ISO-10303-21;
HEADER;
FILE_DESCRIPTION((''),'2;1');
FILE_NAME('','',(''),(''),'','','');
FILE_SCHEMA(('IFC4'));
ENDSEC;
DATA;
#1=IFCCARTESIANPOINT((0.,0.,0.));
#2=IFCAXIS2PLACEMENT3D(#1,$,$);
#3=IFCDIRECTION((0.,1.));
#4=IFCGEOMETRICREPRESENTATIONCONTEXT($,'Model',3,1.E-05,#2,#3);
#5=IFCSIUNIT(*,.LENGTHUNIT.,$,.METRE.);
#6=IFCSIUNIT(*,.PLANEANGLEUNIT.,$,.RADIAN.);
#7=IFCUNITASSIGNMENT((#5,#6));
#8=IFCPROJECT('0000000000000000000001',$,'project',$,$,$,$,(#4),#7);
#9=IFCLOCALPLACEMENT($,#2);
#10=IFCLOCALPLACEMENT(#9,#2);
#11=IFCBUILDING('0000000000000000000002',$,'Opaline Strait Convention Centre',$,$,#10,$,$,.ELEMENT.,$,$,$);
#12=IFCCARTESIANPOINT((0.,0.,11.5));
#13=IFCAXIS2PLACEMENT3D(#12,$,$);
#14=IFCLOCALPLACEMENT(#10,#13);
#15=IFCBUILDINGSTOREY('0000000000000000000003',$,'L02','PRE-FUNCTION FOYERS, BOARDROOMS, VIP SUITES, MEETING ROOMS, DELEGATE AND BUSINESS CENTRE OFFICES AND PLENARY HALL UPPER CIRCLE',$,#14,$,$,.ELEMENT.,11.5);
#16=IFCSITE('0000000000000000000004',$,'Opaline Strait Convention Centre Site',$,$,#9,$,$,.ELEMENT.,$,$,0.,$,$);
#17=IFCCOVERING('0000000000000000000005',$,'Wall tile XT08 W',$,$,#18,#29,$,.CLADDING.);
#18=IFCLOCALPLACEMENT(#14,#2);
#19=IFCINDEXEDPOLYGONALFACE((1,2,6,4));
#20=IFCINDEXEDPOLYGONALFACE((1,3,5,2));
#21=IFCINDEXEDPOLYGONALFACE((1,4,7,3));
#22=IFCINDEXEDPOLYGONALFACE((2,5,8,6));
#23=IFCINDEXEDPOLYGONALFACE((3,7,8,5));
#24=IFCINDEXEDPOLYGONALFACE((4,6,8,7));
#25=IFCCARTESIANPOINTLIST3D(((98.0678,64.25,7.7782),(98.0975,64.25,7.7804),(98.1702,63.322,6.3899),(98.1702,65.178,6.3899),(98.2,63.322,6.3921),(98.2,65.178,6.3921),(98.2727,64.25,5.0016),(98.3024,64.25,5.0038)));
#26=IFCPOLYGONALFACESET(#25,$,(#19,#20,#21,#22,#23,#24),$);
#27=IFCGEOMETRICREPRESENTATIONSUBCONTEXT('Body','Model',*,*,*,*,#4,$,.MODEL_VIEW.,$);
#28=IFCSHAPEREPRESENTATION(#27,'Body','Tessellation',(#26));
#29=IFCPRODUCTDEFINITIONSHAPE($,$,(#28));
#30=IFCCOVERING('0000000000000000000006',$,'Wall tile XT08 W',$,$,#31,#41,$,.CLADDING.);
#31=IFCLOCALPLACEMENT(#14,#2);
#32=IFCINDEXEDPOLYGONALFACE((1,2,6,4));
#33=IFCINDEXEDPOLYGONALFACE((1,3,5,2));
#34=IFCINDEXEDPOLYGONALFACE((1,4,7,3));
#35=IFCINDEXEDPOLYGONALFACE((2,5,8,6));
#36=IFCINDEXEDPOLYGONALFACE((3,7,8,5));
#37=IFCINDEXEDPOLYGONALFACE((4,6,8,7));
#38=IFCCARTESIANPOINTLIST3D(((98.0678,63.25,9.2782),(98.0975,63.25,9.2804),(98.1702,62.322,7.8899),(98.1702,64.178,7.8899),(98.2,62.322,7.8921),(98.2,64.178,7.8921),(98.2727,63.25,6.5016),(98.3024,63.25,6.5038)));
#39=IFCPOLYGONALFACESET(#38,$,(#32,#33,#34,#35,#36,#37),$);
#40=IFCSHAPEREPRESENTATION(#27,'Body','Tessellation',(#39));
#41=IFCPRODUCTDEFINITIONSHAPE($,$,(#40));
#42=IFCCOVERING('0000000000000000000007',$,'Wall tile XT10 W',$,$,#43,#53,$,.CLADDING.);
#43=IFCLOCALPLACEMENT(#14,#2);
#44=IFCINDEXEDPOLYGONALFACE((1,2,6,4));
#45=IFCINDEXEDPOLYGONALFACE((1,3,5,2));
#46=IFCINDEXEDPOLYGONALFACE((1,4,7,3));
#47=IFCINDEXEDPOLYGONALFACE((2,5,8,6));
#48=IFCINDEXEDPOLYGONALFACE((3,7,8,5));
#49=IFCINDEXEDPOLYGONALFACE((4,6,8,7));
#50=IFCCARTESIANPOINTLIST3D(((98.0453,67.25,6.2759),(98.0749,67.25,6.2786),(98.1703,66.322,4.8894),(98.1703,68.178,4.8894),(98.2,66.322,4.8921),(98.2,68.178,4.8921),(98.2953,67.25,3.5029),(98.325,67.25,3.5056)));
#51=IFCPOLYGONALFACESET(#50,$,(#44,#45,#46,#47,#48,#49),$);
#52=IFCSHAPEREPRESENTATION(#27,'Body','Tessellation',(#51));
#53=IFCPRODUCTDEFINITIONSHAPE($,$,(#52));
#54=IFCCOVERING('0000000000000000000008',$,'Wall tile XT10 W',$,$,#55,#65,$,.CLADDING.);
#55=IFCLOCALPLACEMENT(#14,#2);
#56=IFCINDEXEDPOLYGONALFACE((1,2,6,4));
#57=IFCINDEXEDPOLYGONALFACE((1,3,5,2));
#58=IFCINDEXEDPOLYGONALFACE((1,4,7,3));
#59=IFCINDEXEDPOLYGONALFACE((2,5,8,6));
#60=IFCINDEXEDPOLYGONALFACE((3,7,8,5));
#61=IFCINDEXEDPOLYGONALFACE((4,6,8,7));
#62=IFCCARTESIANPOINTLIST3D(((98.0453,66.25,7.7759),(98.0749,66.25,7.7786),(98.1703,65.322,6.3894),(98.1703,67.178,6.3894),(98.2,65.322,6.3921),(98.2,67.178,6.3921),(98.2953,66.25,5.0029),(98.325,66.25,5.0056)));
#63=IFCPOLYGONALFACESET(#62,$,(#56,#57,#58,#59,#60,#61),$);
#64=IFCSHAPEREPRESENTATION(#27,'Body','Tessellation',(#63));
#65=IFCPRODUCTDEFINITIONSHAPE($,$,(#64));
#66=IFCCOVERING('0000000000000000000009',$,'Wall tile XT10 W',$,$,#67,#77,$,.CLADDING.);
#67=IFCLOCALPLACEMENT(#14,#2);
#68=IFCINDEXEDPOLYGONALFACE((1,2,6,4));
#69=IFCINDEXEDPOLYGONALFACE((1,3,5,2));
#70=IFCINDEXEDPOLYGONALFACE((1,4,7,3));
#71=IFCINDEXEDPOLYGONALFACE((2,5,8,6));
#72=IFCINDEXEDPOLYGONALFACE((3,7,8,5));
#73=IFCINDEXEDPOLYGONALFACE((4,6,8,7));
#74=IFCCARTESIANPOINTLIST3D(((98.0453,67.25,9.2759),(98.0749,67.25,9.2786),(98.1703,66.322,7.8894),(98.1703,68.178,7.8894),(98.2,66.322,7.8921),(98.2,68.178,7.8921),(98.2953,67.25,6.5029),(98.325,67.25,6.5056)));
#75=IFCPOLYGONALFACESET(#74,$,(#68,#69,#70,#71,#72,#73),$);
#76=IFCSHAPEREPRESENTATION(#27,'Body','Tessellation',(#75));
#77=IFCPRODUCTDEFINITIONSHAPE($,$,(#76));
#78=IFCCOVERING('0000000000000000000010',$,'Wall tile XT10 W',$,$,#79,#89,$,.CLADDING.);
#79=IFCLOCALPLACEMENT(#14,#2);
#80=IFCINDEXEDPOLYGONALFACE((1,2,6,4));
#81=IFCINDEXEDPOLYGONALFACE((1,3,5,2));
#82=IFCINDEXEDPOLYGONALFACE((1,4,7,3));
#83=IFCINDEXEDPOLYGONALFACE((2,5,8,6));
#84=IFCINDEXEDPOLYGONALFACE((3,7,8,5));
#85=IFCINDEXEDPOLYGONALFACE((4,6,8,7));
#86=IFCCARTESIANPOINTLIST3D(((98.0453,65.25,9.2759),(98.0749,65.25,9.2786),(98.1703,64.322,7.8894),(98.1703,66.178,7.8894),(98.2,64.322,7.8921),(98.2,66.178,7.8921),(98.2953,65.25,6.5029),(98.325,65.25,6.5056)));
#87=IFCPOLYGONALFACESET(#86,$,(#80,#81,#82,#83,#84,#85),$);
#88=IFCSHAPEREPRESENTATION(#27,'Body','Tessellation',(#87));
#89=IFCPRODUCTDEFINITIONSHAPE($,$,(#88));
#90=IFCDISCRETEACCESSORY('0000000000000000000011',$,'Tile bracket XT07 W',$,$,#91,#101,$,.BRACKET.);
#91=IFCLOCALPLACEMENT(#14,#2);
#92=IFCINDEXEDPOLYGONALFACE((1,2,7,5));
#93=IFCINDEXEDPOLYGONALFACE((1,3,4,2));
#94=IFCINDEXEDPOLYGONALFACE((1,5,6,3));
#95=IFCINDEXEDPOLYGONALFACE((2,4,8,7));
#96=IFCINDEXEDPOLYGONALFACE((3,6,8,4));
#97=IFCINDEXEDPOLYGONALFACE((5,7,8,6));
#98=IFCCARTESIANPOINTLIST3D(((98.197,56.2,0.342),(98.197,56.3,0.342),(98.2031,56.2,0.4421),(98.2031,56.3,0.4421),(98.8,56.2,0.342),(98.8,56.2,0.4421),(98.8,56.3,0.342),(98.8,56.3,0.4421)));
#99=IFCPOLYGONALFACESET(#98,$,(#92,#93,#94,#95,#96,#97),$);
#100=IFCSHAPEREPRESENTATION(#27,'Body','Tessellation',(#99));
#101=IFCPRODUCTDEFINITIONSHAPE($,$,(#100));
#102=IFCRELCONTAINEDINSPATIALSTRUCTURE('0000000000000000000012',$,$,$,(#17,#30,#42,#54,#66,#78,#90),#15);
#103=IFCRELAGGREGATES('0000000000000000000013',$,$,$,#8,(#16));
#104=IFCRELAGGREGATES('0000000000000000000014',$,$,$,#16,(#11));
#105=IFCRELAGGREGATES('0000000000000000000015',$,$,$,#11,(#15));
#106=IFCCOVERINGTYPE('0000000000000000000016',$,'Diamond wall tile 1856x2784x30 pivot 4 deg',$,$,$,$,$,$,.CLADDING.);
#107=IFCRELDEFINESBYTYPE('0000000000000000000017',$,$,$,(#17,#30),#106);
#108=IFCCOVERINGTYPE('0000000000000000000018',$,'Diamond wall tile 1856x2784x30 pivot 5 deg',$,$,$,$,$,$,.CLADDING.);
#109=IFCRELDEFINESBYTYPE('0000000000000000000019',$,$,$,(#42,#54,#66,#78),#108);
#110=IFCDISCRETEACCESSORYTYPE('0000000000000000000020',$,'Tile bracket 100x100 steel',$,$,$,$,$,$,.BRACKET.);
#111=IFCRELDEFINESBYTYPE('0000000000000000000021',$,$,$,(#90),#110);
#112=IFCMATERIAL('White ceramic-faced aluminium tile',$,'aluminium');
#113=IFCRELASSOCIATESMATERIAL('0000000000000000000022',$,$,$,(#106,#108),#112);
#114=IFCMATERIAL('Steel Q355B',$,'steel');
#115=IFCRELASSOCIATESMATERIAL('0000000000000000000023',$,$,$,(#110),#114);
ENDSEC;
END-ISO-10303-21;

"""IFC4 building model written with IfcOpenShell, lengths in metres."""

from ifc_helpers import new_model, si_unit, direction, frame, origin, place, context, subcontext, project, spatial, polyline, outline, extrude, material, material_profile, profile_set, type_object, element, save


model = new_model("IFC4")

# Units and contexts
model_context = context("Model", 3, precision=1e-05, world=origin(), true_north=direction((0.0, 1.0)))
body_context = subcontext(model_context, "Body", "Model", "MODEL_VIEW")
ifc_project = project(units=[si_unit("LENGTHUNIT", "METRE"), si_unit("PLANEANGLEUNIT", "RADIAN")], contexts=[model_context])

# Site, building, storey
site_placement = place(None, origin())
site = spatial("IfcSite", under=ifc_project, at=site_placement, Name="Opaline Strait Convention Centre Site", CompositionType="ELEMENT", RefElevation=0.0)
building_placement = place(site_placement, origin())
building = spatial("IfcBuilding", under=site, at=building_placement, Name="Opaline Strait Convention Centre", CompositionType="ELEMENT")
storey_placement = place(building_placement, frame((0.0, 0.0, 11.5)))
storey = spatial("IfcBuildingStorey", under=building, at=storey_placement, Name="L02", Description="PRE-FUNCTION FOYERS, BOARDROOMS, VIP SUITES, MEETING ROOMS, DELEGATE AND BUSINESS CENTRE OFFICES AND PLENARY HALL UPPER CIRCLE", CompositionType="ELEMENT", Elevation=11.5)

# Coverings
ifc_material_1 = material(Name="White ceramic-faced aluminium tile", Category="aluminium")
ifc_material_profile_1 = material_profile(ifc_material_1, outline(polyline([(0.928, 0.0), (0.0, 1.3921), (-0.928, 0.0), (0.0, -1.3921), (0.928, 0.0)])), Name="Diamond tile 1856x2784")
ifc_profile_set_1 = profile_set([ifc_material_profile_1], Name="White ceramic-faced aluminium tile")
covering_type_1 = type_object("IfcCoveringType", Name="Diamond wall tile 1856x2784x30 pivot 4 deg", PredefinedType="CLADDING", material=ifc_profile_set_1)
for number, where, z_axis, x_axis, name in (
    (1, (98.2, 64.25, 6.3921), (-0.99729, 0.0, -0.073571), (0.0, -1.0, 0.0), "Wall tile XT08 W"),
    (2, (98.2, 63.25, 7.8921), (-0.99729, 0.0, -0.073571), (0.0, -1.0, 0.0), "Wall tile XT08 W"),
):
    element("IfcCovering", number, at=place(storey_placement, frame(where, z_axis=z_axis, x_axis=x_axis)), inside=storey, type_object=covering_type_1, Name=name, PredefinedType="CLADDING", context=body_context, shape_type="SweptSolid", body=[
        extrude(outline(polyline([(0.928, 0.0), (0.0, 1.3921), (-0.928, 0.0), (0.0, -1.3921), (0.928, 0.0)])), origin(), (0.0, 0.0, 1.0), 0.0298),
    ])
ifc_material_profile_2 = material_profile(ifc_material_1, outline(polyline([(0.928, 0.0), (0.0, 1.3921), (-0.928, 0.0), (0.0, -1.3921), (0.928, 0.0)])), Name="Diamond tile 1856x2784")
ifc_profile_set_2 = profile_set([ifc_material_profile_2], Name="White ceramic-faced aluminium tile")
covering_type_2 = type_object("IfcCoveringType", Name="Diamond wall tile 1856x2784x30 pivot 5 deg", PredefinedType="CLADDING", material=ifc_profile_set_2)
for number, where, z_axis, x_axis, name in (
    (3, (98.2, 67.25, 4.8921), (-0.99596, 0.0, -0.0898), (0.0, -1.0, 0.0), "Wall tile XT10 W"),
    (4, (98.2, 66.25, 6.3921), (-0.99596, 0.0, -0.0898), (0.0, -1.0, 0.0), "Wall tile XT10 W"),
    (5, (98.2, 67.25, 7.8921), (-0.99596, 0.0, -0.0898), (0.0, -1.0, 0.0), "Wall tile XT10 W"),
    (6, (98.2, 65.25, 7.8921), (-0.99596, 0.0, -0.0898), (0.0, -1.0, 0.0), "Wall tile XT10 W"),
):
    element("IfcCovering", number, at=place(storey_placement, frame(where, z_axis=z_axis, x_axis=x_axis)), inside=storey, type_object=covering_type_2, Name=name, PredefinedType="CLADDING", context=body_context, shape_type="SweptSolid", body=[
        extrude(outline(polyline([(0.928, 0.0), (0.0, 1.3921), (-0.928, 0.0), (0.0, -1.3921), (0.928, 0.0)])), origin(), (0.0, 0.0, 1.0), 0.0298),
    ])

# Discrete accessory
ifc_material_2 = material(Name="Steel Q355B", Category="steel")
discrete_accessory_type = type_object("IfcDiscreteAccessoryType", Name="Tile bracket 100x100 steel", PredefinedType="BRACKET", material=ifc_material_2)
discrete_accessory_placement = place(storey_placement, frame((98.8, 56.3, 0.3921), z_axis=(0.0, -1.0, 0.0), x_axis=(1.0, 0.0, 0.0)))
element("IfcDiscreteAccessory", 7, at=discrete_accessory_placement, inside=storey, type_object=discrete_accessory_type, Name="Tile bracket XT07 W", PredefinedType="BRACKET", context=body_context, shape_type="SweptSolid", body=[
    extrude(outline(polyline([(0.0, -0.05), (0.0, 0.05), (-0.5969, 0.05), (-0.603, -0.05), (0.0, -0.05)])), origin(), (0.0, 0.0, 1.0), 0.1001),
])

save(model, "model.ifc")
